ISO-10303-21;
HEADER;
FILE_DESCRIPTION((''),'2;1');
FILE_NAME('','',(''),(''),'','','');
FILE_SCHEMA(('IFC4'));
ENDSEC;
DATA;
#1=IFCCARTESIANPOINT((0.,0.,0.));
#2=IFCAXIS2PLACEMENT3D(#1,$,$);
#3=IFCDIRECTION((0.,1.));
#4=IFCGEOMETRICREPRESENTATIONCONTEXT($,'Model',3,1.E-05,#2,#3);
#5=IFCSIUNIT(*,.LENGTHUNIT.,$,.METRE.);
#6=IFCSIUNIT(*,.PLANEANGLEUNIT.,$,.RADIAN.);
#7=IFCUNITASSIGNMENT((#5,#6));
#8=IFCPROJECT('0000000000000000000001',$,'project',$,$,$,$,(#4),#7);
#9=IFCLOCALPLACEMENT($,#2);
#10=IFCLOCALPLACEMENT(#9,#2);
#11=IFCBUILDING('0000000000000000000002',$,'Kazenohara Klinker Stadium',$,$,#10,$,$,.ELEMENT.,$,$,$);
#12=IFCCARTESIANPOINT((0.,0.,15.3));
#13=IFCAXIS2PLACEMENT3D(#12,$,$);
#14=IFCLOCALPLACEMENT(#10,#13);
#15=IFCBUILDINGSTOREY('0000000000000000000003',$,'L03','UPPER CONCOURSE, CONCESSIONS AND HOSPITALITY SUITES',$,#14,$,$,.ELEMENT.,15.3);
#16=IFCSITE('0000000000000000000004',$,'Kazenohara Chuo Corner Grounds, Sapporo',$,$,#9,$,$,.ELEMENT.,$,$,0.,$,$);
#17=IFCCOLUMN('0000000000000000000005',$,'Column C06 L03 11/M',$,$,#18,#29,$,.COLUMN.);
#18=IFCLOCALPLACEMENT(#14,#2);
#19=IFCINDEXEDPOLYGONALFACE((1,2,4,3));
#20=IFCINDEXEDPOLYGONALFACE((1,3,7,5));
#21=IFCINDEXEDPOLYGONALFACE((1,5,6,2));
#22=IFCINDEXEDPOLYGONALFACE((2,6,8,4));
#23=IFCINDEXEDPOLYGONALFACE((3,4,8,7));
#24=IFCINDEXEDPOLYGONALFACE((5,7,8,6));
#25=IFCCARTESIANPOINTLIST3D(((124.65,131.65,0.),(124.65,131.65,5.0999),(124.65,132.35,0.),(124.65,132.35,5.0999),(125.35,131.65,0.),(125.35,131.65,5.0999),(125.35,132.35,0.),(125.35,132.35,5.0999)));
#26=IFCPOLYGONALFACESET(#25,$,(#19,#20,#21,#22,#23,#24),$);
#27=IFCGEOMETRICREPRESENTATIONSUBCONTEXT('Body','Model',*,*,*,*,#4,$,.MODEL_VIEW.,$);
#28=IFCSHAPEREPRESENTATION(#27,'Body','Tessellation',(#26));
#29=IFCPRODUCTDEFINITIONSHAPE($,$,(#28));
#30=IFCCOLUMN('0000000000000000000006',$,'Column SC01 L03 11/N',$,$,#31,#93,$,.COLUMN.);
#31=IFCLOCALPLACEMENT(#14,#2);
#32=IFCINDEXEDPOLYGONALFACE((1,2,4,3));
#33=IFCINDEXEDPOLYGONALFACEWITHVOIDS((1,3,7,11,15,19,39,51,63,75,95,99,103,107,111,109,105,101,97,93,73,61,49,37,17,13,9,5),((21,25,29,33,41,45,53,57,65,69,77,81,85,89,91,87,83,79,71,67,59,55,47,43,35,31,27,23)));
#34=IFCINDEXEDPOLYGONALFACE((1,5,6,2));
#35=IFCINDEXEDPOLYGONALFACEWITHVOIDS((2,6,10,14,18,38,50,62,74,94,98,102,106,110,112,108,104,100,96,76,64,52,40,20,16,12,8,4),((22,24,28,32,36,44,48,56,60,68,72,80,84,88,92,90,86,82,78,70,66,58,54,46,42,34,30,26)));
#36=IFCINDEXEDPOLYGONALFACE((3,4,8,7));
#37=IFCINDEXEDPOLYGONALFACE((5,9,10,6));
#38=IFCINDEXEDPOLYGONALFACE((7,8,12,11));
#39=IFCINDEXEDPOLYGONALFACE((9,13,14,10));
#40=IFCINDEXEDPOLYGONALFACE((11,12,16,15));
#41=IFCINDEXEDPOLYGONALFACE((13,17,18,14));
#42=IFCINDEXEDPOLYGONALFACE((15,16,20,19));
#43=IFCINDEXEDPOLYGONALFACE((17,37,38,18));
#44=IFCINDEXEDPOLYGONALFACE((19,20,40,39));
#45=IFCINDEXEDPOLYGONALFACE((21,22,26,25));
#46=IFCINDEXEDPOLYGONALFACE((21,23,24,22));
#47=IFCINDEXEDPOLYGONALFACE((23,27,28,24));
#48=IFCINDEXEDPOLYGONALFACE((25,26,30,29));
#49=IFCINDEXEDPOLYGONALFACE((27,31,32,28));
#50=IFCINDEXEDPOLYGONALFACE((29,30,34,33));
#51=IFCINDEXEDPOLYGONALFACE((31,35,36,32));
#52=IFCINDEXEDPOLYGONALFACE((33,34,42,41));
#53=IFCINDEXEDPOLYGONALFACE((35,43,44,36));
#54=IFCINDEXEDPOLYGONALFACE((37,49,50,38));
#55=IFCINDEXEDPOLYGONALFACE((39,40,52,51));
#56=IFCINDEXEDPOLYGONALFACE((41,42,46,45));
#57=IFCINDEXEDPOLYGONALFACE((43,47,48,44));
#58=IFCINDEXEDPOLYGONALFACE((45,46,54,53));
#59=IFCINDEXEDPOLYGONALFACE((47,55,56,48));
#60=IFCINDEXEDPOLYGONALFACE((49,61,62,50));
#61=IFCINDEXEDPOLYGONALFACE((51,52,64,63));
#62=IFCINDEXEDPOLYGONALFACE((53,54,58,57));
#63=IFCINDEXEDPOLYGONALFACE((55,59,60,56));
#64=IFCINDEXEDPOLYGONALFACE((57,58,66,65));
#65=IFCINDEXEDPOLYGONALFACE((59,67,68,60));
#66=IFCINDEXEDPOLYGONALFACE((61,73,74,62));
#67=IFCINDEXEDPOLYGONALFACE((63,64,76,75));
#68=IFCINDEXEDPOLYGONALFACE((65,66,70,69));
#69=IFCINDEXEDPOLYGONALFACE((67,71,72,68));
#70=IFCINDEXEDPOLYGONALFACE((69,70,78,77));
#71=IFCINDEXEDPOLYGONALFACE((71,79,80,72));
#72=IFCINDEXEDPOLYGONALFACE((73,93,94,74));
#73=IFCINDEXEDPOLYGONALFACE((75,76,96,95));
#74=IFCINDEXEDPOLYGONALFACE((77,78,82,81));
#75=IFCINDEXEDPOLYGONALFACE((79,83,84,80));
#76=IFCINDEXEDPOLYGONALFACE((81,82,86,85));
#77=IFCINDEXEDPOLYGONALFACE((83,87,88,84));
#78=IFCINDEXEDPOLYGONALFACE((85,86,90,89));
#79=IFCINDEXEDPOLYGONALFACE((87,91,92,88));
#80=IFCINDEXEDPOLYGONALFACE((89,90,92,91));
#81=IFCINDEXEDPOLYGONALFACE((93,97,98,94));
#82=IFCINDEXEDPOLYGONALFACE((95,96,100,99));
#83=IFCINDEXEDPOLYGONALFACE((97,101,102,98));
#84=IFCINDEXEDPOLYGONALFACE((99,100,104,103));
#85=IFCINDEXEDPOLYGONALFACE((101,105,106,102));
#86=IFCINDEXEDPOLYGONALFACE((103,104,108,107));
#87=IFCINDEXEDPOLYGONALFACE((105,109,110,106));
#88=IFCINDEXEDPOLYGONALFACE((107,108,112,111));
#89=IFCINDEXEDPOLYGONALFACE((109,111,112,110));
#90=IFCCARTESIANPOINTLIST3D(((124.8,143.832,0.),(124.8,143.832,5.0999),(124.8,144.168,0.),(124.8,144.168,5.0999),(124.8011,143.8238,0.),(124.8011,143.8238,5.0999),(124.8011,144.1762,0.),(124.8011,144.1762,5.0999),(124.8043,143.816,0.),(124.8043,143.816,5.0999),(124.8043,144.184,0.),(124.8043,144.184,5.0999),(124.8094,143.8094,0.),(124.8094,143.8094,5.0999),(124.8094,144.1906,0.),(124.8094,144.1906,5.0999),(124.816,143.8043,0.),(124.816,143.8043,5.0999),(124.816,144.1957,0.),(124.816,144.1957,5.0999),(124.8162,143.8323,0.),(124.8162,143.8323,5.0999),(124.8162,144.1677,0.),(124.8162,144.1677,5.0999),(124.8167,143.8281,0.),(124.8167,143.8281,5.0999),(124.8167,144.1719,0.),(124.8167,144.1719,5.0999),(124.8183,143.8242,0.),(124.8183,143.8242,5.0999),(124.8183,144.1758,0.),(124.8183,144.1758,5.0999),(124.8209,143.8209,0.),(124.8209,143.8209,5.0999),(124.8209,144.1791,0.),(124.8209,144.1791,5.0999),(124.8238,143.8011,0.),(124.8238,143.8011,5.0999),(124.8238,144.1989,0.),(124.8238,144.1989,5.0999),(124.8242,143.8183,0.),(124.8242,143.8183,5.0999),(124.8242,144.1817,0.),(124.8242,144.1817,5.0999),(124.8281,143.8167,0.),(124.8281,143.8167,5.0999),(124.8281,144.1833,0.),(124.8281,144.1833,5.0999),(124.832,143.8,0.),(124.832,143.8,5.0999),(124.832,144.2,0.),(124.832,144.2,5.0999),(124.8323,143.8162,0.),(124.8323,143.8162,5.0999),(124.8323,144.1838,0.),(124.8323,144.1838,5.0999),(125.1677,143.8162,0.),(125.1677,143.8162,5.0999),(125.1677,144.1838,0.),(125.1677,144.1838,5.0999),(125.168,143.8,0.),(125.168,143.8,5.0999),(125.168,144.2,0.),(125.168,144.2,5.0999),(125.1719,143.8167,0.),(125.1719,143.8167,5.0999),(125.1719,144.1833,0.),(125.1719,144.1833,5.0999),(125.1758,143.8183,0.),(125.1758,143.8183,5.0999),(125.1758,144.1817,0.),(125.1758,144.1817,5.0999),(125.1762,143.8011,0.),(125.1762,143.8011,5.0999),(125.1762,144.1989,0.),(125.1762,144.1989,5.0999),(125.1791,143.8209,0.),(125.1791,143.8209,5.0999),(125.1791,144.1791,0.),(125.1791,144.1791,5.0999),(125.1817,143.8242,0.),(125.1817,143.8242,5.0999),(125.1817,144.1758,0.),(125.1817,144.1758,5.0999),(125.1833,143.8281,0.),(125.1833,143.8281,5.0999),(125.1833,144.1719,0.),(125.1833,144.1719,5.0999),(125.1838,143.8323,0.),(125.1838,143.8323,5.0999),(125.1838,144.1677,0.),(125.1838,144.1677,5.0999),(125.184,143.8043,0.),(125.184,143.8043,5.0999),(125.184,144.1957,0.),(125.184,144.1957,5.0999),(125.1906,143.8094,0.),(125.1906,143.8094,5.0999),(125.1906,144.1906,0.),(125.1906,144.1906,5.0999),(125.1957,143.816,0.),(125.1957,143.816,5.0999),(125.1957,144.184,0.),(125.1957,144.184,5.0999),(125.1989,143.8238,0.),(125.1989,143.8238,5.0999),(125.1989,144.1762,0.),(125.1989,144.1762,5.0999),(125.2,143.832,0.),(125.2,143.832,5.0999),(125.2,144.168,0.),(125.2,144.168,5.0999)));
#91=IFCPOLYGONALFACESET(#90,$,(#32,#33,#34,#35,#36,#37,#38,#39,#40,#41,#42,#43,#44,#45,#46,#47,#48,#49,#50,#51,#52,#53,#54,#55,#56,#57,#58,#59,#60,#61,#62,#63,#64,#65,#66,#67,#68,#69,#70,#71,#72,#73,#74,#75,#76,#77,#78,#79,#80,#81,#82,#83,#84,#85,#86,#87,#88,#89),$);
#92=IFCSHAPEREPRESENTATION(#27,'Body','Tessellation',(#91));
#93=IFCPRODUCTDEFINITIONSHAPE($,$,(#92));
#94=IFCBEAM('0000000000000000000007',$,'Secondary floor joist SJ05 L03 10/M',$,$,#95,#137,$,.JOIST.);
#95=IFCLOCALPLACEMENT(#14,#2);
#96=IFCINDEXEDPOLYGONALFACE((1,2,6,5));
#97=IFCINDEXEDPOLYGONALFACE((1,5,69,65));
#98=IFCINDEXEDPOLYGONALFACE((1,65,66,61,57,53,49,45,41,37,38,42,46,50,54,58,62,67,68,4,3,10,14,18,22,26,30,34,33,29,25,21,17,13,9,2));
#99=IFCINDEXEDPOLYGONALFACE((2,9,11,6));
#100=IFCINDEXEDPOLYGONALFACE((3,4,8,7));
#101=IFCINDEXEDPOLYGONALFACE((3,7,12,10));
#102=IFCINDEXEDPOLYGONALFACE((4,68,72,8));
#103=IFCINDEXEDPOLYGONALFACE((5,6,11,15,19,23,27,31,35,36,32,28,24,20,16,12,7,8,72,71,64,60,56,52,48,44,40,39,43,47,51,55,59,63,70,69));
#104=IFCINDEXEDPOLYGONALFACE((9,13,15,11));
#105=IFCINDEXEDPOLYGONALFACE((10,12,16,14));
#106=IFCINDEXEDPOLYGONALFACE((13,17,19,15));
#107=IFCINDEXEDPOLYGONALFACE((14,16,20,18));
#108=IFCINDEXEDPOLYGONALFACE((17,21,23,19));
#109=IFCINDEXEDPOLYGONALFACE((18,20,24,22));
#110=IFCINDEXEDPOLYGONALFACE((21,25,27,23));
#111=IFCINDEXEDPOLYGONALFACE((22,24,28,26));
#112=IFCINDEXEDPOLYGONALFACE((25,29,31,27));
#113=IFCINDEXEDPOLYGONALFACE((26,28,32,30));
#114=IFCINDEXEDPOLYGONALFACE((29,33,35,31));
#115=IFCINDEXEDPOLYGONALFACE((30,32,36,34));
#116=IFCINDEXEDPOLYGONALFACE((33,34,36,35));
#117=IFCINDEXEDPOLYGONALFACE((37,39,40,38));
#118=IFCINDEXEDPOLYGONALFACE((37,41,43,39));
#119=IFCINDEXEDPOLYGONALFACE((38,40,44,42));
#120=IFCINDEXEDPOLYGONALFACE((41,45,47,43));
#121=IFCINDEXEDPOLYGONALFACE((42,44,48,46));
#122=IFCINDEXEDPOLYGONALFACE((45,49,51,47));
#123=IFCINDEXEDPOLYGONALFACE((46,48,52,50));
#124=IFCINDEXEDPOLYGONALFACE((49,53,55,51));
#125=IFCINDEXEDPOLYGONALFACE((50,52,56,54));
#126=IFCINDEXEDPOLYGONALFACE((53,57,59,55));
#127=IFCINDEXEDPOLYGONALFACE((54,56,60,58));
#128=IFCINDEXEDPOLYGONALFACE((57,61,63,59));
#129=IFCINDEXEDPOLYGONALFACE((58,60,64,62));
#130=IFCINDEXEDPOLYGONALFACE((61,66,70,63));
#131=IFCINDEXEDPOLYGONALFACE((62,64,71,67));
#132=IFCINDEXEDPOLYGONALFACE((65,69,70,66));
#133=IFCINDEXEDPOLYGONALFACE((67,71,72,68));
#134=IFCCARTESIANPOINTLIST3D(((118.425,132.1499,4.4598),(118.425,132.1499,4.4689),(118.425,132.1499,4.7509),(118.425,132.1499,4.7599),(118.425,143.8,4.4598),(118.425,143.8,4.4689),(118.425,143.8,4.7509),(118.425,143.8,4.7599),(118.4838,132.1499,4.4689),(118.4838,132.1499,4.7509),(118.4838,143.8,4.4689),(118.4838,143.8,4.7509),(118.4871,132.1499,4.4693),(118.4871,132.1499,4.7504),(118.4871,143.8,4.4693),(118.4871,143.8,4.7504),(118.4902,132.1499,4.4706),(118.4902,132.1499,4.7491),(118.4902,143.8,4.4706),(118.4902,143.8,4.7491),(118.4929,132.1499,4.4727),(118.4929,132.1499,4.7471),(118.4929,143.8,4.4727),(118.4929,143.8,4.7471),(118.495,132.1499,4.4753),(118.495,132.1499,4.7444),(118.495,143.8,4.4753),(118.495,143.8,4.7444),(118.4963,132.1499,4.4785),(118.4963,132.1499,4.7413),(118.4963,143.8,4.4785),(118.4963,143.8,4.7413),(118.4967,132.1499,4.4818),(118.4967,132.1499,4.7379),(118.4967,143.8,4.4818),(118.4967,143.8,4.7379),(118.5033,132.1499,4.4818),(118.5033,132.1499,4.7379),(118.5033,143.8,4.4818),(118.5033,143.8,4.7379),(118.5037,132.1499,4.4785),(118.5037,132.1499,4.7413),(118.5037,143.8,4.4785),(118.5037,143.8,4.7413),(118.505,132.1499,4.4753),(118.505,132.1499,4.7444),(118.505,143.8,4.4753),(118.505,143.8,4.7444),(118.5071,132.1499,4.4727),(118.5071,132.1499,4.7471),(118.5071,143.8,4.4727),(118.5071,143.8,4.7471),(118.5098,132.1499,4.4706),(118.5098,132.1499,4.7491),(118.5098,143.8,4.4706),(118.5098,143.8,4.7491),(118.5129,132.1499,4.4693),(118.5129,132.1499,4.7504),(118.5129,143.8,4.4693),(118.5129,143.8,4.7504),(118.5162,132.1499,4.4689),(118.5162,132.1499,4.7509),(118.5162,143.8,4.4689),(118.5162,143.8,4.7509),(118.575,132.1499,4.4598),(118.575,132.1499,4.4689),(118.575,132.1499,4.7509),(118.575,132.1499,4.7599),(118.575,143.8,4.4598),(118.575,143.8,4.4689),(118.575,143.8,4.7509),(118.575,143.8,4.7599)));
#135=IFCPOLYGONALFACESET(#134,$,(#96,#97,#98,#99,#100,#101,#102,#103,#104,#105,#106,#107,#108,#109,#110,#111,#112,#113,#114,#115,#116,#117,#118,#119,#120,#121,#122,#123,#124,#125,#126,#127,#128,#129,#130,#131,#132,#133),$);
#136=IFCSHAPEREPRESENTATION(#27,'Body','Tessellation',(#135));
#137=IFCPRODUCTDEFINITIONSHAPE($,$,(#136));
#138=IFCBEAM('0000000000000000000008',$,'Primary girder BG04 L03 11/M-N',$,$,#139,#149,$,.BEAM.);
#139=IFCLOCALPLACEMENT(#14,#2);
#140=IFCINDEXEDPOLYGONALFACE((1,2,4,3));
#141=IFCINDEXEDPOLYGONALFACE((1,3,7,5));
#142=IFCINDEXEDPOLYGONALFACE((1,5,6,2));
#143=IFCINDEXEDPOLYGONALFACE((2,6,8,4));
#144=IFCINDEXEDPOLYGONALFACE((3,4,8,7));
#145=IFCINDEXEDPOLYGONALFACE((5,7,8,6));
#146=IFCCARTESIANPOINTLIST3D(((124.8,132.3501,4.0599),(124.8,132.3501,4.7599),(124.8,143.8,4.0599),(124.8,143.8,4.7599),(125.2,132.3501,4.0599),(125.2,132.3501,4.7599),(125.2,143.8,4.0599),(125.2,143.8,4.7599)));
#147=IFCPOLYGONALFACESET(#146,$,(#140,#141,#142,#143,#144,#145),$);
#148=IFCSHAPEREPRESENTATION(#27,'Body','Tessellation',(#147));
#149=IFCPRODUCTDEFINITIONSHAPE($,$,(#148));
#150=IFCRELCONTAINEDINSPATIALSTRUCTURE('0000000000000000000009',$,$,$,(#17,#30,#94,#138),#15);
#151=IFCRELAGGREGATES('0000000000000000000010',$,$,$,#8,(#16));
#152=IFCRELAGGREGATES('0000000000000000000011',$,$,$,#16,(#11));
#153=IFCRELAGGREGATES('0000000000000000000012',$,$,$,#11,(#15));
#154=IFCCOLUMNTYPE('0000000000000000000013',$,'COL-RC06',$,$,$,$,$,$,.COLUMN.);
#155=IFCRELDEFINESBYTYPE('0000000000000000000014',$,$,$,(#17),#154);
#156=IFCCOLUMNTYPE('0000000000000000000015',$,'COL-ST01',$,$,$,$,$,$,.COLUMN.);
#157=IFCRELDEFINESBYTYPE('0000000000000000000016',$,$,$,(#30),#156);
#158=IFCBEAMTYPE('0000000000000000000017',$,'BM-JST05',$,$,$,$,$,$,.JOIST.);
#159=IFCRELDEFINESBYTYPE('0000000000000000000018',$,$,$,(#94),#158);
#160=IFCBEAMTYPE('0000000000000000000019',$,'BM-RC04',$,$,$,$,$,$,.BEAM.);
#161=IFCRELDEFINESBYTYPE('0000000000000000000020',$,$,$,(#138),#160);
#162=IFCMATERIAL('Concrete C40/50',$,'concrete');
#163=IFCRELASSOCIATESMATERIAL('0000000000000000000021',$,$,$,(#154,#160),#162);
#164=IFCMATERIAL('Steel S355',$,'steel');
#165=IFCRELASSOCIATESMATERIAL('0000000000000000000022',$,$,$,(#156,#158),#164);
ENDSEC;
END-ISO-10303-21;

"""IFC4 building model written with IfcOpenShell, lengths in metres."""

from ifc_helpers import new_model, si_unit, direction, frame, origin, origin_2d, place, context, subcontext, project, spatial, rectangle, hollow_rectangle, i_section, extrude, material, material_profile, profile_set, type_object, element, save


model = new_model("IFC4")

# Units and contexts
model_context = context("Model", 3, precision=1e-05, world=origin(), true_north=direction((0.0, 1.0)))
body_context = subcontext(model_context, "Body", "Model", "MODEL_VIEW")
ifc_project = project(units=[si_unit("LENGTHUNIT", "METRE"), si_unit("PLANEANGLEUNIT", "RADIAN")], contexts=[model_context])

# Site, building, storey
site_placement = place(None, origin())
site = spatial("IfcSite", under=ifc_project, at=site_placement, Name="Kazenohara Chuo Corner Grounds, Sapporo", CompositionType="ELEMENT", RefElevation=0.0)
building_placement = place(site_placement, origin())
building = spatial("IfcBuilding", under=site, at=building_placement, Name="Kazenohara Klinker Stadium", CompositionType="ELEMENT")
storey_placement = place(building_placement, frame((0.0, 0.0, 15.3)))
storey = spatial("IfcBuildingStorey", under=building, at=storey_placement, Name="L03", Description="UPPER CONCOURSE, CONCESSIONS AND HOSPITALITY SUITES", CompositionType="ELEMENT", Elevation=15.3)

# Columns
ifc_material_1 = material(Name="Concrete C40/50", Category="concrete")
ifc_material_profile_1 = material_profile(ifc_material_1, rectangle(XDim=0.7, YDim=0.7, at=origin_2d()), Name="RC-COL-700x700")
ifc_profile_set_1 = profile_set([ifc_material_profile_1], Name="Concrete C40/50")
column_type_1 = type_object("IfcColumnType", Name="COL-RC06", PredefinedType="COLUMN", material=ifc_profile_set_1)
column_1_placement = place(storey_placement, frame((125.0, 132.0, 0.0), z_axis=(0.0, 0.0, 1.0), x_axis=(1.0, 0.0, 0.0)))
element("IfcColumn", 1, at=column_1_placement, inside=storey, type_object=column_type_1, Name="Column C06 L03 11/M", PredefinedType="COLUMN", context=body_context, shape_type="SweptSolid", body=[
    extrude(rectangle(XDim=0.7, YDim=0.7, at=origin_2d()), origin(), (0.0, 0.0, 1.0), 5.0999),
])
ifc_material_2 = material(Name="Steel S355", Category="steel")
ifc_material_profile_2 = material_profile(ifc_material_2, hollow_rectangle(XDim=0.3999, YDim=0.3999, WallThickness=0.0161, InnerFilletRadius=0.0161, OuterFilletRadius=0.032, at=origin_2d()), Name="SHS-400x400x16")
ifc_profile_set_2 = profile_set([ifc_material_profile_2], Name="Steel S355")
column_type_2 = type_object("IfcColumnType", Name="COL-ST01", PredefinedType="COLUMN", material=ifc_profile_set_2)
column_2_placement = place(storey_placement, frame((125.0, 144.0, 0.0), z_axis=(0.0, 0.0, 1.0), x_axis=(1.0, 0.0, 0.0)))
element("IfcColumn", 2, at=column_2_placement, inside=storey, type_object=column_type_2, Name="Column SC01 L03 11/N", PredefinedType="COLUMN", context=body_context, shape_type="SweptSolid", body=[
    extrude(hollow_rectangle(XDim=0.3999, YDim=0.3999, WallThickness=0.0161, InnerFilletRadius=0.0161, OuterFilletRadius=0.032, at=origin_2d()), origin(), (0.0, 0.0, 1.0), 5.0999),
])

# Beams
ifc_material_profile_3 = material_profile(ifc_material_2, i_section(OverallWidth=0.1499, OverallDepth=0.3, WebThickness=0.0066, FlangeThickness=0.009, FilletRadius=0.0129, at=origin_2d()), Name="H-300x150x6.5x9")
ifc_profile_set_3 = profile_set([ifc_material_profile_3], Name="Steel S355")
beam_type_1 = type_object("IfcBeamType", Name="BM-JST05", PredefinedType="JOIST", material=ifc_profile_set_3)
beam_1_placement = place(storey_placement, frame((118.5, 132.1499, 4.6099), z_axis=(0.0, 1.0, 0.0), x_axis=(-1.0, 0.0, 0.0)))
element("IfcBeam", 3, at=beam_1_placement, inside=storey, type_object=beam_type_1, Name="Secondary floor joist SJ05 L03 10/M", PredefinedType="JOIST", context=body_context, shape_type="SweptSolid", body=[
    extrude(i_section(OverallWidth=0.1499, OverallDepth=0.3, WebThickness=0.0066, FlangeThickness=0.009, FilletRadius=0.0129, at=origin_2d()), origin(), (0.0, 0.0, 1.0), 11.6501),
])
ifc_material_profile_4 = material_profile(ifc_material_1, rectangle(XDim=0.3999, YDim=0.7, at=origin_2d()), Name="RC-BM-400x700")
ifc_profile_set_4 = profile_set([ifc_material_profile_4], Name="Concrete C40/50")
beam_type_2 = type_object("IfcBeamType", Name="BM-RC04", PredefinedType="BEAM", material=ifc_profile_set_4)
beam_2_placement = place(storey_placement, frame((125.0, 132.3501, 4.4099), z_axis=(0.0, 1.0, 0.0), x_axis=(-1.0, 0.0, 0.0)))
element("IfcBeam", 4, at=beam_2_placement, inside=storey, type_object=beam_type_2, Name="Primary girder BG04 L03 11/M-N", PredefinedType="BEAM", context=body_context, shape_type="SweptSolid", body=[
    extrude(rectangle(XDim=0.3999, YDim=0.7, at=origin_2d()), origin(), (0.0, 0.0, 1.0), 11.45),
])

save(model, "model.ifc")
